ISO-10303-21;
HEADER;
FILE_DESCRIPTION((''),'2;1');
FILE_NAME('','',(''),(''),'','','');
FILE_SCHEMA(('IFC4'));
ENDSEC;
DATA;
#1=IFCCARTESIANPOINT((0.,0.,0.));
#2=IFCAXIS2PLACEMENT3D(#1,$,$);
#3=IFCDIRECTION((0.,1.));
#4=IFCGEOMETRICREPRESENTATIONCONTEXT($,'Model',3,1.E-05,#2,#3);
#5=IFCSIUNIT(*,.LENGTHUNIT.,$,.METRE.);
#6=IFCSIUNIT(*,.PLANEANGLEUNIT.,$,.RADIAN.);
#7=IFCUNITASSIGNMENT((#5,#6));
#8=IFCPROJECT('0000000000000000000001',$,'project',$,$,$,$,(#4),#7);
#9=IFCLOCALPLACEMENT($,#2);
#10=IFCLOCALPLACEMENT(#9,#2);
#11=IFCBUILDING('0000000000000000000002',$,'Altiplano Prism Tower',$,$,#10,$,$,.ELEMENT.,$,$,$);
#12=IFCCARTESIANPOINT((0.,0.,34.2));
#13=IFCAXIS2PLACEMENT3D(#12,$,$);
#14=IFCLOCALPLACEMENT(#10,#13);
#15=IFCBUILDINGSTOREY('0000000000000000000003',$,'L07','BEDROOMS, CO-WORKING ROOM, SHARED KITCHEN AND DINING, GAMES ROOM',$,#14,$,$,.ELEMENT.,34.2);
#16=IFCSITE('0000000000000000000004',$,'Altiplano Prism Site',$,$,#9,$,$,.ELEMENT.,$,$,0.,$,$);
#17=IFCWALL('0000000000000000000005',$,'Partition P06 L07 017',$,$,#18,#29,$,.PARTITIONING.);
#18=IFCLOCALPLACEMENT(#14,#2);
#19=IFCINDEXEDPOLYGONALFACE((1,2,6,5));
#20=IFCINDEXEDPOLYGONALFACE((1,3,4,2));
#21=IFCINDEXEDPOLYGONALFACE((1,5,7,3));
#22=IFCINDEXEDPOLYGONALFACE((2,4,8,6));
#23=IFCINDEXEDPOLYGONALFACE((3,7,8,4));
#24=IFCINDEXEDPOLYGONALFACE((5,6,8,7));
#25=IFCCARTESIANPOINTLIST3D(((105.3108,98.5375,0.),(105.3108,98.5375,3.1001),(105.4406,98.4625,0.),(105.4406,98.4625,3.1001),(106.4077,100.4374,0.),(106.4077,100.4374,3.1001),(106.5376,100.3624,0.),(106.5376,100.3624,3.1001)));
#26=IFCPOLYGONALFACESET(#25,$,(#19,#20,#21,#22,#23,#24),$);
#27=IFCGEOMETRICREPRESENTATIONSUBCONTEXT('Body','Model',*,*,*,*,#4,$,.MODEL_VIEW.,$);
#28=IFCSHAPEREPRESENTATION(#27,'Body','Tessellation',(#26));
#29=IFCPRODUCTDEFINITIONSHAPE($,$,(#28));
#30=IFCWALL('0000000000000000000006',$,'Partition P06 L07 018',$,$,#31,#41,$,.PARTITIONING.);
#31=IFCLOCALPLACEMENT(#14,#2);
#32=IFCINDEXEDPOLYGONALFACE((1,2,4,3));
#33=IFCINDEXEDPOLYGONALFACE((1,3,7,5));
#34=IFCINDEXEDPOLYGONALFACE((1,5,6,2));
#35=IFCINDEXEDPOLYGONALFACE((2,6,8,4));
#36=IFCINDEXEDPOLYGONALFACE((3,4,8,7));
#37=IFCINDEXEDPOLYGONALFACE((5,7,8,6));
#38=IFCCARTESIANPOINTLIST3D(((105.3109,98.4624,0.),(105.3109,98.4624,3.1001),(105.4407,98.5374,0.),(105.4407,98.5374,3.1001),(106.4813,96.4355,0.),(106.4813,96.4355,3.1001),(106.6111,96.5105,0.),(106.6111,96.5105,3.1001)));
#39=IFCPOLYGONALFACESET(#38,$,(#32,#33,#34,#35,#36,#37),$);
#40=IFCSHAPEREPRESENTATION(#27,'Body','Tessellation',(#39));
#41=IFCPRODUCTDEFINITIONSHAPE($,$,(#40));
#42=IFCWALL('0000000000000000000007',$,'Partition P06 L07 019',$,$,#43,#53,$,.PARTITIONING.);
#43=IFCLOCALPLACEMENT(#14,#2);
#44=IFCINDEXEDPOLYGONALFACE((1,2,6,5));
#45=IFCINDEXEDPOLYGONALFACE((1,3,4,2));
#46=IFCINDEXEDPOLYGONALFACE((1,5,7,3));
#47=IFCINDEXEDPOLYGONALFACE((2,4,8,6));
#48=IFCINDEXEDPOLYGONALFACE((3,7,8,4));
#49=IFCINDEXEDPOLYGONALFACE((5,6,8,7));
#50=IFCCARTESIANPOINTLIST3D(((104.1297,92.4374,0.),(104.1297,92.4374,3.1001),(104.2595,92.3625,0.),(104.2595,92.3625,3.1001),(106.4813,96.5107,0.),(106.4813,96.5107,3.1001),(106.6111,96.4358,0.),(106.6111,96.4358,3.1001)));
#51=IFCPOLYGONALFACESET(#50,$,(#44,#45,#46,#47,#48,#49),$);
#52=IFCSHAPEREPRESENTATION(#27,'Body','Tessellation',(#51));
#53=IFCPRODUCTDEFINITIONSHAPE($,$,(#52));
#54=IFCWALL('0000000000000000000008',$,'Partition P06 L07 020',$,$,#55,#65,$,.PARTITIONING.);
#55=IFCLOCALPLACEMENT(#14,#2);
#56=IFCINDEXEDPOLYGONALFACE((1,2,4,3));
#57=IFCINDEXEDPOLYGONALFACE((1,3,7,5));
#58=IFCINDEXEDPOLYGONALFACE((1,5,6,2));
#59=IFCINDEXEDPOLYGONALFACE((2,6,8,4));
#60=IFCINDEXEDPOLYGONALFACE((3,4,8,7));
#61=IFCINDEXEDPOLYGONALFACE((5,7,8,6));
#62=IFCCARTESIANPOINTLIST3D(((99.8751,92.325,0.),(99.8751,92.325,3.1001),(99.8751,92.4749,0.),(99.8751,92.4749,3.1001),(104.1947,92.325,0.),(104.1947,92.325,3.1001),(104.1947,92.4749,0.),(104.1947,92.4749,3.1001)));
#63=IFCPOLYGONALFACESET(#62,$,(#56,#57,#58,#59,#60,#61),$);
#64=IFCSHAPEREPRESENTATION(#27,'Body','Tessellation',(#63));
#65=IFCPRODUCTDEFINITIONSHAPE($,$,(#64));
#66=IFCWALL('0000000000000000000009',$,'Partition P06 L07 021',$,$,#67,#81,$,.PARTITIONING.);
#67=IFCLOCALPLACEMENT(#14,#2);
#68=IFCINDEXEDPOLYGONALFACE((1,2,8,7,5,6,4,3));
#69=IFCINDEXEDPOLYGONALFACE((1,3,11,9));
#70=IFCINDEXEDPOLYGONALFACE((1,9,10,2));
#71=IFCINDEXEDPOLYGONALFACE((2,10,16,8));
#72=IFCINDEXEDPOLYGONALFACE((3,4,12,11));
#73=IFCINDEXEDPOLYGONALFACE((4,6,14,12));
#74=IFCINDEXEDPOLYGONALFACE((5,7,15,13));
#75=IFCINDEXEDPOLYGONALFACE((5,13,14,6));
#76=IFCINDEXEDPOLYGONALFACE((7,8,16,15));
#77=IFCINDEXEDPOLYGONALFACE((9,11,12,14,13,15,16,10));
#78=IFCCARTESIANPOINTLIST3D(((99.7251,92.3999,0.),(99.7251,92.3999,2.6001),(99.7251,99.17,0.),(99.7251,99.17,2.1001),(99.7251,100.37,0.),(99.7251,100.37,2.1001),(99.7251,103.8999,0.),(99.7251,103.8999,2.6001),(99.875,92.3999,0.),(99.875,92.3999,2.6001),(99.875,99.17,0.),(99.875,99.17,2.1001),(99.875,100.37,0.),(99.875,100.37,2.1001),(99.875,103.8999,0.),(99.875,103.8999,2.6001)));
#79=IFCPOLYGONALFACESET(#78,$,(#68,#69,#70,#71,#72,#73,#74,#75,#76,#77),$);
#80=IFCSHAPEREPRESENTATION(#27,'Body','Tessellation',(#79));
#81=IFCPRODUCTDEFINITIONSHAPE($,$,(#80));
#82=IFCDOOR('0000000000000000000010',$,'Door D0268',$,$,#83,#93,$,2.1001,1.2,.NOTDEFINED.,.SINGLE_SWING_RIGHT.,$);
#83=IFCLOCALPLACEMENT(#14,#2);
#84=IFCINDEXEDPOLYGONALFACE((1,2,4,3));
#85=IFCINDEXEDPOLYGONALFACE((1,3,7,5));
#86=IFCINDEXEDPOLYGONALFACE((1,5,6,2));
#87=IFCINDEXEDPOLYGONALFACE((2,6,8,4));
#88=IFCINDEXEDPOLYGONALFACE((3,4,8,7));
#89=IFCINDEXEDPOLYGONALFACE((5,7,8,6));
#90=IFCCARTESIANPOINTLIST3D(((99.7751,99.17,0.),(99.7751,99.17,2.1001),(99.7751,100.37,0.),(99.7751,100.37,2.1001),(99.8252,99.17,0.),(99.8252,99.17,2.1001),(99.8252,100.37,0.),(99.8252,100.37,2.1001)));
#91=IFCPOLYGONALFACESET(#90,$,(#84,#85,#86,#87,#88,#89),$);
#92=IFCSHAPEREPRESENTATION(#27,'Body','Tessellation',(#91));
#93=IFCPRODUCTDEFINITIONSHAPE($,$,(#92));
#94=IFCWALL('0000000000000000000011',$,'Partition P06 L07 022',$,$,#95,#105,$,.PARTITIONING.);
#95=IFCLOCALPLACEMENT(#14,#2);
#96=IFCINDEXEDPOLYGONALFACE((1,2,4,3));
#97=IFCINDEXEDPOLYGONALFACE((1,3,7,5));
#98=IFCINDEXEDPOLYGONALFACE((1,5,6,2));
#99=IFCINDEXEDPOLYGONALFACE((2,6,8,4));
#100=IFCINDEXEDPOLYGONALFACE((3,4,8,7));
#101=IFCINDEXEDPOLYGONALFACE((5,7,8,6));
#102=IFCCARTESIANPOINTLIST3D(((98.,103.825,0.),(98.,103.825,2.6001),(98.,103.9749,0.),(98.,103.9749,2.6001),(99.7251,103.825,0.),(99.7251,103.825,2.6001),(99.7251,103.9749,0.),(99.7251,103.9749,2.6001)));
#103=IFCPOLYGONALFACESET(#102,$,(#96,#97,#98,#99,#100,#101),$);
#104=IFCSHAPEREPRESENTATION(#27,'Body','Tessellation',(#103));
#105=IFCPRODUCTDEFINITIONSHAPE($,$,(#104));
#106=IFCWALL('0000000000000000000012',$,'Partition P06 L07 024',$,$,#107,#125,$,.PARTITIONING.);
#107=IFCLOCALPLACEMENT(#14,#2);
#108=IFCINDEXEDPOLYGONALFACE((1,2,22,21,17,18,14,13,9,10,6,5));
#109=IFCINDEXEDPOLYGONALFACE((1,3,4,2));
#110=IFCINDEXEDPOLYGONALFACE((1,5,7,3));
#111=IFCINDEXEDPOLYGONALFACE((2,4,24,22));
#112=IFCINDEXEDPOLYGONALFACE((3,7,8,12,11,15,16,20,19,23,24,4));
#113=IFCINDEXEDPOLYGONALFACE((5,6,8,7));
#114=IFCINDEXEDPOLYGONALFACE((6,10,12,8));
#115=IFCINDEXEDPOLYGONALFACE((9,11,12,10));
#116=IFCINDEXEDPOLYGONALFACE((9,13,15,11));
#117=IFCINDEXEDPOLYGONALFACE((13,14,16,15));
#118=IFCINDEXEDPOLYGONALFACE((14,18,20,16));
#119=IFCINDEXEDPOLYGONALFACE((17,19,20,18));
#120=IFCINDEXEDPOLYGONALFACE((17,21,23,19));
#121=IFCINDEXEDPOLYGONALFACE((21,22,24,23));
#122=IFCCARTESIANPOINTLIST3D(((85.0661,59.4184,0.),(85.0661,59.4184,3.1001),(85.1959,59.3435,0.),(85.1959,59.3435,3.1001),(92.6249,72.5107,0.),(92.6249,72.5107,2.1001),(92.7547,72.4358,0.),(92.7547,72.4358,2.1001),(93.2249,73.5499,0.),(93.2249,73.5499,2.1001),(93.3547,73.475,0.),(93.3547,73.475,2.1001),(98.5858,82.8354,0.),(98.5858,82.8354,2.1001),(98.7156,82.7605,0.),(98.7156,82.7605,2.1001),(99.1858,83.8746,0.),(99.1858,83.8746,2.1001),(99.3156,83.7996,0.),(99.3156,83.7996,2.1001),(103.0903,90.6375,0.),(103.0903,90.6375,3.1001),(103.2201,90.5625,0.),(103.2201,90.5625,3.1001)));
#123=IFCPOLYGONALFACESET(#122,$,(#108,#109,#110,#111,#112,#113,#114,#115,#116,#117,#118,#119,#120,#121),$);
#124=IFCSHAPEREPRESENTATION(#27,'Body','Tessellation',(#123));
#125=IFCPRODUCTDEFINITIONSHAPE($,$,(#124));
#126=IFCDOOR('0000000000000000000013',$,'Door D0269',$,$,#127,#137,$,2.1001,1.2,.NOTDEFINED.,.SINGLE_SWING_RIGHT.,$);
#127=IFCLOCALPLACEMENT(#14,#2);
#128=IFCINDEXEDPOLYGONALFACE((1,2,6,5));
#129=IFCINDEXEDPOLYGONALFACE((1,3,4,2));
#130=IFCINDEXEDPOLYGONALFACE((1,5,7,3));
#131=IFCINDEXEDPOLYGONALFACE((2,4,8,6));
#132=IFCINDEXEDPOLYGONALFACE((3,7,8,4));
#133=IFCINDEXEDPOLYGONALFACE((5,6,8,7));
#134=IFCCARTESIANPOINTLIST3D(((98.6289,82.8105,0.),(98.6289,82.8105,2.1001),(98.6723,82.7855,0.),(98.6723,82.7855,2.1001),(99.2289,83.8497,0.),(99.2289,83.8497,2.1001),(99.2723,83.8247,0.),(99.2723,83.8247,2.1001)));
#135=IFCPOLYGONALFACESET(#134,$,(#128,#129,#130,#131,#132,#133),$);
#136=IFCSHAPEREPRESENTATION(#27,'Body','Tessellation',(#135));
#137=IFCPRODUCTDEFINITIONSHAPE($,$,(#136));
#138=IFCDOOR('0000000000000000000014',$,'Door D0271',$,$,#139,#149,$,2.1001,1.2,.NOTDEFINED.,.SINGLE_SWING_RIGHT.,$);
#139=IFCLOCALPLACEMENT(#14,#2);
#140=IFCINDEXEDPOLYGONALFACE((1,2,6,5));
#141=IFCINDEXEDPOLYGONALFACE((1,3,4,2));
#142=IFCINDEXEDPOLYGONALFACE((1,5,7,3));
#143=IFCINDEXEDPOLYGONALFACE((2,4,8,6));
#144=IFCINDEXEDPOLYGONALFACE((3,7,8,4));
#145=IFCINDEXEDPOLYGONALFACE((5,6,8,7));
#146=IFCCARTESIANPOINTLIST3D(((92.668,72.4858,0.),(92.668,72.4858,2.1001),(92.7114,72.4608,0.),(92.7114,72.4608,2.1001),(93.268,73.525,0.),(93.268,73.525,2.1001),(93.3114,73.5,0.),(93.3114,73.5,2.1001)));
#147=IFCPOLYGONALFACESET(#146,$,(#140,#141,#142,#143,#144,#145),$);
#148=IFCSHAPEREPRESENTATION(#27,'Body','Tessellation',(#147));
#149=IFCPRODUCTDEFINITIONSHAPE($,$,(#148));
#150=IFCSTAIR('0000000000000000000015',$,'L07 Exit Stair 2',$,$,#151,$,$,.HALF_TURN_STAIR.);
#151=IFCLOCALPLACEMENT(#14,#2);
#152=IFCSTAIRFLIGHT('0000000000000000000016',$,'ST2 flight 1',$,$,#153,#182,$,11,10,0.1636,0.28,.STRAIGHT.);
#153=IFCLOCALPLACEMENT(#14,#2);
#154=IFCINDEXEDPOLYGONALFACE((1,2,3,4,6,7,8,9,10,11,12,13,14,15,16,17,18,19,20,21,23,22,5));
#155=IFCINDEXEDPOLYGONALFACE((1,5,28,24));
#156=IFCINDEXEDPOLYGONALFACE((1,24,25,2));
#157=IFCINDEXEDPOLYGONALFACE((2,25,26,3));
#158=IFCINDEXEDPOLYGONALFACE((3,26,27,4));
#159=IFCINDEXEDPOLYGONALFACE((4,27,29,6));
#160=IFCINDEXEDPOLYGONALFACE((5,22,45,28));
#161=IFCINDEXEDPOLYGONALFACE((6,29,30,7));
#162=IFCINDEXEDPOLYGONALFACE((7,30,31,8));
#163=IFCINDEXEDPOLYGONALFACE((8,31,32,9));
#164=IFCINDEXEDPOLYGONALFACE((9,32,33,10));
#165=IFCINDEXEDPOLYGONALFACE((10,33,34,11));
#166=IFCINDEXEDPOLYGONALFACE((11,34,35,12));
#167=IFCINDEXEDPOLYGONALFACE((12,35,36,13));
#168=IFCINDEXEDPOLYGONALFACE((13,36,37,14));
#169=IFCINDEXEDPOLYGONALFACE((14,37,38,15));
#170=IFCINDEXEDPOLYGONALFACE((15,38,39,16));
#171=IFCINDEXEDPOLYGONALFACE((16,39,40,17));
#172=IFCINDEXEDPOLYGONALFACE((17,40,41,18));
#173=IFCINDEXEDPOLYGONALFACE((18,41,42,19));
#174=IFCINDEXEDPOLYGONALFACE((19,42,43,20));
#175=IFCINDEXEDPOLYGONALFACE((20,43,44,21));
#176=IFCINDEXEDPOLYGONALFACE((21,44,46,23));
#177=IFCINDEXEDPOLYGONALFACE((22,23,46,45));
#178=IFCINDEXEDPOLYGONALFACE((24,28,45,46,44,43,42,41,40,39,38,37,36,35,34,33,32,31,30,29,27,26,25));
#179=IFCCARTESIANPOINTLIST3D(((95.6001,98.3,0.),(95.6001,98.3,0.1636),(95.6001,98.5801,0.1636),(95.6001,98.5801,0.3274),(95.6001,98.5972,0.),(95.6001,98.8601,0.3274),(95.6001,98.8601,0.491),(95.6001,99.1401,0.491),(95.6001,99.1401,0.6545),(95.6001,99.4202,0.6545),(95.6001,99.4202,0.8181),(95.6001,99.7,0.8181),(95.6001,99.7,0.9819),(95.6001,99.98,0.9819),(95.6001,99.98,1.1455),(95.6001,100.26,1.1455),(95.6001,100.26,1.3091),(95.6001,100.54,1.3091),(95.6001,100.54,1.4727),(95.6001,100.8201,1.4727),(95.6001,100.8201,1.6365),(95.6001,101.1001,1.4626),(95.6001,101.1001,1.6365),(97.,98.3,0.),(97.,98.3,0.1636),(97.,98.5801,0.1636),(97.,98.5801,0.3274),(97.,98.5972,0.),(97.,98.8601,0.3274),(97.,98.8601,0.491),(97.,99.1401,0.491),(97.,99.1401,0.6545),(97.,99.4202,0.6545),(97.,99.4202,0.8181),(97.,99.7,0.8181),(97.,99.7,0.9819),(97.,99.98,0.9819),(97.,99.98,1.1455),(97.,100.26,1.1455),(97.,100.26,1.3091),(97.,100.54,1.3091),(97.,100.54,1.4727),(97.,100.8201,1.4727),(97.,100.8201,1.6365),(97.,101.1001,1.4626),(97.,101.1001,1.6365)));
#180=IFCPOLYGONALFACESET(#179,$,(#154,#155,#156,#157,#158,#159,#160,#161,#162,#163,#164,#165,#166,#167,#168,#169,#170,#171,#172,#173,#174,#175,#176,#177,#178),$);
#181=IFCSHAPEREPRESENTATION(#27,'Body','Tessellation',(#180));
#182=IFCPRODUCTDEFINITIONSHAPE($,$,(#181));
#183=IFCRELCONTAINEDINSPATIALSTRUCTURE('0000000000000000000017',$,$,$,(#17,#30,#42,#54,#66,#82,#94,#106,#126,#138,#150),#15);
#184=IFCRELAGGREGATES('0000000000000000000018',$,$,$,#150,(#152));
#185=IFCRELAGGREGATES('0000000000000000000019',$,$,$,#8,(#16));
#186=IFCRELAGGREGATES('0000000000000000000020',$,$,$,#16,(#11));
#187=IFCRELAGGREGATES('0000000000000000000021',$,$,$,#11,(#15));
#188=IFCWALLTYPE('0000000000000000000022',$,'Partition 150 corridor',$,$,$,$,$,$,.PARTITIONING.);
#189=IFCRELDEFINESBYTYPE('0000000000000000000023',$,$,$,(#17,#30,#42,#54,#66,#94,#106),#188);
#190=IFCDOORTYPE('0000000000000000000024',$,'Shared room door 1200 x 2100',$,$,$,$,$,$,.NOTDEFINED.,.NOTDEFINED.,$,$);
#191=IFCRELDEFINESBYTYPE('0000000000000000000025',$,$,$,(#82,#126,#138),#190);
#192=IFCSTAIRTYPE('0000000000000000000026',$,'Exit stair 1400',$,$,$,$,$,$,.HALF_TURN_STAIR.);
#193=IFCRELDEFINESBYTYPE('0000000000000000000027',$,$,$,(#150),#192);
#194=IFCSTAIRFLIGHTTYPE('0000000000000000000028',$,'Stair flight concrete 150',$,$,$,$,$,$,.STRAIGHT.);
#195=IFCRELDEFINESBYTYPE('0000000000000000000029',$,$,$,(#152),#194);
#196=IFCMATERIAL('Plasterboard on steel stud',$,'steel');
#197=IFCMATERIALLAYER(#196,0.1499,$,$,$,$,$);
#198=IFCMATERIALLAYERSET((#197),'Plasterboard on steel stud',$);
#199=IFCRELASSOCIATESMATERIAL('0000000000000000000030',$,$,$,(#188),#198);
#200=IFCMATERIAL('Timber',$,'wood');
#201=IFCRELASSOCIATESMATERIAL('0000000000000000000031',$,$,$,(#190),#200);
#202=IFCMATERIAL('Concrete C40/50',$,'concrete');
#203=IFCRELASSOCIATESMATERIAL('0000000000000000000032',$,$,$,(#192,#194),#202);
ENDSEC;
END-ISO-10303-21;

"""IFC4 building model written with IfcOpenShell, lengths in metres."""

from ifc_helpers import new_model, si_unit, direction, frame, frame_2d, origin, place, context, subcontext, project, spatial, polyline, rectangle, outline, extrude, material, layer, layer_set, type_object, element, fill, aggregate, save


model = new_model("IFC4")

# Units and contexts
model_context = context("Model", 3, precision=1e-05, world=origin(), true_north=direction((0.0, 1.0)))
body_context = subcontext(model_context, "Body", "Model", "MODEL_VIEW")
ifc_project = project(units=[si_unit("LENGTHUNIT", "METRE"), si_unit("PLANEANGLEUNIT", "RADIAN")], contexts=[model_context])

# Site, building, storey
site_placement = place(None, origin())
site = spatial("IfcSite", under=ifc_project, at=site_placement, Name="Altiplano Prism Site", CompositionType="ELEMENT", RefElevation=0.0)
building_placement = place(site_placement, origin())
building = spatial("IfcBuilding", under=site, at=building_placement, Name="Altiplano Prism Tower", CompositionType="ELEMENT")
storey_placement = place(building_placement, frame((0.0, 0.0, 34.2)))
storey = spatial("IfcBuildingStorey", under=building, at=storey_placement, Name="L07", Description="BEDROOMS, CO-WORKING ROOM, SHARED KITCHEN AND DINING, GAMES ROOM", CompositionType="ELEMENT", Elevation=34.2)

# Shared definitions
ifc_material_1 = material(Name="Plasterboard on steel stud", Category="steel")

# Shared definitions
ifc_material_2 = material(Name="Timber", Category="wood")

# Walls
ifc_layer_1 = layer(ifc_material_1, 0.1499)
ifc_layer_set_1 = layer_set([ifc_layer_1], Name="Plasterboard on steel stud")
wall_type_1 = type_object("IfcWallType", Name="Partition 150 corridor", PredefinedType="PARTITIONING", material=ifc_layer_set_1)
wall_1_placement = place(storey_placement, frame((106.4727, 100.3999, 0.0), z_axis=(0.0, 0.0, 1.0), x_axis=(-0.500005, -0.866023, 0.0)))
element("IfcWall", 1, at=wall_1_placement, inside=storey, type_object=wall_type_1, Name="Partition P06 L07 017", PredefinedType="PARTITIONING", context=body_context, shape_type="SweptSolid", body=[
    extrude(rectangle(XDim=2.1938, YDim=0.1499, at=frame_2d((1.0969, 0.0))), origin(), (0.0, 0.0, 1.0), 3.1001),
])
wall_2_placement = place(storey_placement, frame((105.3757, 98.5, 0.0), z_axis=(0.0, 0.0, 1.0), x_axis=(0.500066, -0.865988, 0.0)))
element("IfcWall", 2, at=wall_2_placement, inside=storey, type_object=wall_type_1, Name="Partition P06 L07 018", PredefinedType="PARTITIONING", context=body_context, shape_type="SweptSolid", body=[
    extrude(rectangle(XDim=2.3406, YDim=0.1499, at=frame_2d((1.1704, 0.0))), origin(), (0.0, 0.0, 1.0), 3.1001),
])
wall_3_placement = place(storey_placement, frame((106.5461, 96.4731, 0.0), z_axis=(0.0, 0.0, 1.0), x_axis=(-0.49998, -0.866037, 0.0)))
element("IfcWall", 3, at=wall_3_placement, inside=storey, type_object=wall_type_1, Name="Partition P06 L07 019", PredefinedType="PARTITIONING", context=body_context, shape_type="SweptSolid", body=[
    extrude(rectangle(XDim=4.7034, YDim=0.1499, at=frame_2d((2.3516, 0.0))), origin(), (0.0, 0.0, 1.0), 3.1001),
])
wall_4_placement = place(storey_placement, frame((104.1946, 92.3999, 0.0), z_axis=(0.0, 0.0, 1.0), x_axis=(-1.0, 0.0, 0.0)))
element("IfcWall", 4, at=wall_4_placement, inside=storey, type_object=wall_type_1, Name="Partition P06 L07 020", PredefinedType="PARTITIONING", context=body_context, shape_type="SweptSolid", body=[
    extrude(rectangle(XDim=4.3196, YDim=0.1499, at=frame_2d((2.1597, 0.0))), origin(), (0.0, 0.0, 1.0), 3.1001),
])

# Wall, opening, door
wall_5_placement = place(storey_placement, frame((99.8, 92.3999, 0.0), z_axis=(0.0, 0.0, 1.0), x_axis=(0.0, 1.0, 0.0)))
wall_5 = element("IfcWall", 5, at=wall_5_placement, inside=storey, type_object=wall_type_1, Name="Partition P06 L07 021", PredefinedType="PARTITIONING", context=body_context, shape_type="SweptSolid", body=[
    extrude(rectangle(XDim=11.5, YDim=0.1499, at=frame_2d((5.75, 0.0))), origin(), (0.0, 0.0, 1.0), 2.6001),
])
opening_1_placement = place(wall_5_placement, frame((6.77, 0.0, 0.0)))
opening_1 = element("IfcOpeningElement", 6, at=opening_1_placement, cuts=wall_5, PredefinedType="OPENING", context=body_context, shape_type="SweptSolid", body=[
    extrude(rectangle(XDim=1.2, YDim=2.1001, at=frame_2d((0.6001, 1.05))), frame((0.0, 0.0854, 0.0), z_axis=(0.0, -1.0, 0.0), x_axis=(1.0, 0.0, 0.0)), (0.0, 0.0, 1.0), 0.1709),
])
door_type_1 = type_object("IfcDoorType", Name="Shared room door 1200 x 2100", OperationType="NOTDEFINED", PredefinedType="NOTDEFINED", material=ifc_material_2)
door_1_placement = place(opening_1_placement, origin())
door_1 = element("IfcDoor", 7, at=door_1_placement, inside=storey, type_object=door_type_1, Name="Door D0268", OperationType="SINGLE_SWING_RIGHT", OverallHeight=2.1001, OverallWidth=1.2, PredefinedType="NOTDEFINED", context=body_context, shape_type="SweptSolid", body=[
    extrude(rectangle(XDim=1.2, YDim=2.1001, at=frame_2d((0.6001, 1.05))), frame((0.0, 0.0249, 0.0), z_axis=(0.0, -1.0, 0.0), x_axis=(1.0, 0.0, 0.0)), (0.0, 0.0, 1.0), 0.05),
])
fill(opening_1, door_1)

# Wall
wall_6_placement = place(storey_placement, frame((99.7251, 103.8999, 0.0), z_axis=(0.0, 0.0, 1.0), x_axis=(-1.0, 0.0, 0.0)))
element("IfcWall", 8, at=wall_6_placement, inside=storey, type_object=wall_type_1, Name="Partition P06 L07 022", PredefinedType="PARTITIONING", context=body_context, shape_type="SweptSolid", body=[
    extrude(rectangle(XDim=1.7251, YDim=0.1499, at=frame_2d((0.8625, 0.0))), origin(), (0.0, 0.0, 1.0), 2.6001),
])

# Wall, openings, doors
wall_7_placement = place(storey_placement, frame((103.1553, 90.6001, 0.0), z_axis=(0.0, 0.0, 1.0), x_axis=(-0.499997, -0.866027, 0.0)))
wall_7 = element("IfcWall", 9, at=wall_7_placement, inside=storey, type_object=wall_type_1, Name="Partition P06 L07 024", PredefinedType="PARTITIONING", context=body_context, shape_type="SweptSolid", body=[
    extrude(rectangle(XDim=36.0486, YDim=0.1499, at=frame_2d((18.0244, 0.0))), origin(), (0.0, 0.0, 1.0), 3.1001),
])
opening_2_placement = place(wall_7_placement, frame((7.8091, 0.0, 0.0)))
opening_2 = element("IfcOpeningElement", 10, at=opening_2_placement, cuts=wall_7, PredefinedType="OPENING", context=body_context, shape_type="SweptSolid", body=[
    extrude(rectangle(XDim=1.2, YDim=2.1001, at=frame_2d((0.6001, 1.05))), frame((0.0, 0.0854, 0.0), z_axis=(0.0, -1.0, 0.0), x_axis=(1.0, 0.0, 0.0)), (0.0, 0.0, 1.0), 0.1709),
])
opening_3_placement = place(wall_7_placement, frame((19.731, 0.0, 0.0)))
opening_3 = element("IfcOpeningElement", 11, at=opening_3_placement, cuts=wall_7, PredefinedType="OPENING", context=body_context, shape_type="SweptSolid", body=[
    extrude(rectangle(XDim=1.2, YDim=2.1001, at=frame_2d((0.6001, 1.05))), frame((0.0, 0.0854, 0.0), z_axis=(0.0, -1.0, 0.0), x_axis=(1.0, 0.0, 0.0)), (0.0, 0.0, 1.0), 0.1709),
])
door_2_placement = place(opening_2_placement, origin())
door_2 = element("IfcDoor", 12, at=door_2_placement, inside=storey, type_object=door_type_1, Name="Door D0269", OperationType="SINGLE_SWING_RIGHT", OverallHeight=2.1001, OverallWidth=1.2, PredefinedType="NOTDEFINED", context=body_context, shape_type="SweptSolid", body=[
    extrude(rectangle(XDim=1.2, YDim=2.1001, at=frame_2d((0.6001, 1.05))), frame((0.0, 0.0249, 0.0), z_axis=(0.0, -1.0, 0.0), x_axis=(1.0, 0.0, 0.0)), (0.0, 0.0, 1.0), 0.05),
])
fill(opening_2, door_2)
door_3_placement = place(opening_3_placement, origin())
door_3 = element("IfcDoor", 13, at=door_3_placement, inside=storey, type_object=door_type_1, Name="Door D0271", OperationType="SINGLE_SWING_RIGHT", OverallHeight=2.1001, OverallWidth=1.2, PredefinedType="NOTDEFINED", context=body_context, shape_type="SweptSolid", body=[
    extrude(rectangle(XDim=1.2, YDim=2.1001, at=frame_2d((0.6001, 1.05))), frame((0.0, 0.0249, 0.0), z_axis=(0.0, -1.0, 0.0), x_axis=(1.0, 0.0, 0.0)), (0.0, 0.0, 1.0), 0.05),
])
fill(opening_3, door_3)

# Stair, stair flight
ifc_material_3 = material(Name="Concrete C40/50", Category="concrete")
stair_type = type_object("IfcStairType", Name="Exit stair 1400", PredefinedType="HALF_TURN_STAIR", material=ifc_material_3)
stair_placement = place(storey_placement, origin())
stair = element("IfcStair", 14, at=stair_placement, inside=storey, type_object=stair_type, Name="L07 Exit Stair 2", PredefinedType="HALF_TURN_STAIR")
stair_flight_type = type_object("IfcStairFlightType", Name="Stair flight concrete 150", PredefinedType="STRAIGHT", material=ifc_material_3)
stair_flight_placement = place(storey_placement, frame((96.3, 98.3, 0.0), z_axis=(0.0, 0.0, 1.0), x_axis=(0.0, 1.0, 0.0)))
stair_flight = element("IfcStairFlight", 15, at=stair_flight_placement, type_object=stair_flight_type, Name="ST2 flight 1", NumberOfRisers=11, NumberOfTreads=10, PredefinedType="STRAIGHT", RiserHeight=0.1636, TreadLength=0.28, context=body_context, shape_type="SweptSolid", body=[
    extrude(outline(polyline([(0.0, 0.0), (0.0, 0.1636), (0.28, 0.1636), (0.28, 0.3274), (0.5601, 0.3274), (0.5601, 0.491), (0.8401, 0.491), (0.8401, 0.6545), (1.1201, 0.6545), (1.1201, 0.8181), (1.3999, 0.8181), (1.3999, 0.9819), (1.6799, 0.9819), (1.6799, 1.1455), (1.96, 1.1455), (1.96, 1.3091), (2.24, 1.3091), (2.24, 1.4727), (2.52, 1.4727), (2.52, 1.6365), (2.8, 1.6365), (2.8, 1.8), (2.8, 1.4626), (0.2971, 0.0), (0.0, 0.0)])), frame((0.0, 0.7, 0.0), z_axis=(0.0, -1.0, 0.0), x_axis=(1.0, 0.0, 0.0)), (0.0, 0.0, 1.0), 1.3999),
])
aggregate(stair, [stair_flight])

save(model, "model.ifc")
